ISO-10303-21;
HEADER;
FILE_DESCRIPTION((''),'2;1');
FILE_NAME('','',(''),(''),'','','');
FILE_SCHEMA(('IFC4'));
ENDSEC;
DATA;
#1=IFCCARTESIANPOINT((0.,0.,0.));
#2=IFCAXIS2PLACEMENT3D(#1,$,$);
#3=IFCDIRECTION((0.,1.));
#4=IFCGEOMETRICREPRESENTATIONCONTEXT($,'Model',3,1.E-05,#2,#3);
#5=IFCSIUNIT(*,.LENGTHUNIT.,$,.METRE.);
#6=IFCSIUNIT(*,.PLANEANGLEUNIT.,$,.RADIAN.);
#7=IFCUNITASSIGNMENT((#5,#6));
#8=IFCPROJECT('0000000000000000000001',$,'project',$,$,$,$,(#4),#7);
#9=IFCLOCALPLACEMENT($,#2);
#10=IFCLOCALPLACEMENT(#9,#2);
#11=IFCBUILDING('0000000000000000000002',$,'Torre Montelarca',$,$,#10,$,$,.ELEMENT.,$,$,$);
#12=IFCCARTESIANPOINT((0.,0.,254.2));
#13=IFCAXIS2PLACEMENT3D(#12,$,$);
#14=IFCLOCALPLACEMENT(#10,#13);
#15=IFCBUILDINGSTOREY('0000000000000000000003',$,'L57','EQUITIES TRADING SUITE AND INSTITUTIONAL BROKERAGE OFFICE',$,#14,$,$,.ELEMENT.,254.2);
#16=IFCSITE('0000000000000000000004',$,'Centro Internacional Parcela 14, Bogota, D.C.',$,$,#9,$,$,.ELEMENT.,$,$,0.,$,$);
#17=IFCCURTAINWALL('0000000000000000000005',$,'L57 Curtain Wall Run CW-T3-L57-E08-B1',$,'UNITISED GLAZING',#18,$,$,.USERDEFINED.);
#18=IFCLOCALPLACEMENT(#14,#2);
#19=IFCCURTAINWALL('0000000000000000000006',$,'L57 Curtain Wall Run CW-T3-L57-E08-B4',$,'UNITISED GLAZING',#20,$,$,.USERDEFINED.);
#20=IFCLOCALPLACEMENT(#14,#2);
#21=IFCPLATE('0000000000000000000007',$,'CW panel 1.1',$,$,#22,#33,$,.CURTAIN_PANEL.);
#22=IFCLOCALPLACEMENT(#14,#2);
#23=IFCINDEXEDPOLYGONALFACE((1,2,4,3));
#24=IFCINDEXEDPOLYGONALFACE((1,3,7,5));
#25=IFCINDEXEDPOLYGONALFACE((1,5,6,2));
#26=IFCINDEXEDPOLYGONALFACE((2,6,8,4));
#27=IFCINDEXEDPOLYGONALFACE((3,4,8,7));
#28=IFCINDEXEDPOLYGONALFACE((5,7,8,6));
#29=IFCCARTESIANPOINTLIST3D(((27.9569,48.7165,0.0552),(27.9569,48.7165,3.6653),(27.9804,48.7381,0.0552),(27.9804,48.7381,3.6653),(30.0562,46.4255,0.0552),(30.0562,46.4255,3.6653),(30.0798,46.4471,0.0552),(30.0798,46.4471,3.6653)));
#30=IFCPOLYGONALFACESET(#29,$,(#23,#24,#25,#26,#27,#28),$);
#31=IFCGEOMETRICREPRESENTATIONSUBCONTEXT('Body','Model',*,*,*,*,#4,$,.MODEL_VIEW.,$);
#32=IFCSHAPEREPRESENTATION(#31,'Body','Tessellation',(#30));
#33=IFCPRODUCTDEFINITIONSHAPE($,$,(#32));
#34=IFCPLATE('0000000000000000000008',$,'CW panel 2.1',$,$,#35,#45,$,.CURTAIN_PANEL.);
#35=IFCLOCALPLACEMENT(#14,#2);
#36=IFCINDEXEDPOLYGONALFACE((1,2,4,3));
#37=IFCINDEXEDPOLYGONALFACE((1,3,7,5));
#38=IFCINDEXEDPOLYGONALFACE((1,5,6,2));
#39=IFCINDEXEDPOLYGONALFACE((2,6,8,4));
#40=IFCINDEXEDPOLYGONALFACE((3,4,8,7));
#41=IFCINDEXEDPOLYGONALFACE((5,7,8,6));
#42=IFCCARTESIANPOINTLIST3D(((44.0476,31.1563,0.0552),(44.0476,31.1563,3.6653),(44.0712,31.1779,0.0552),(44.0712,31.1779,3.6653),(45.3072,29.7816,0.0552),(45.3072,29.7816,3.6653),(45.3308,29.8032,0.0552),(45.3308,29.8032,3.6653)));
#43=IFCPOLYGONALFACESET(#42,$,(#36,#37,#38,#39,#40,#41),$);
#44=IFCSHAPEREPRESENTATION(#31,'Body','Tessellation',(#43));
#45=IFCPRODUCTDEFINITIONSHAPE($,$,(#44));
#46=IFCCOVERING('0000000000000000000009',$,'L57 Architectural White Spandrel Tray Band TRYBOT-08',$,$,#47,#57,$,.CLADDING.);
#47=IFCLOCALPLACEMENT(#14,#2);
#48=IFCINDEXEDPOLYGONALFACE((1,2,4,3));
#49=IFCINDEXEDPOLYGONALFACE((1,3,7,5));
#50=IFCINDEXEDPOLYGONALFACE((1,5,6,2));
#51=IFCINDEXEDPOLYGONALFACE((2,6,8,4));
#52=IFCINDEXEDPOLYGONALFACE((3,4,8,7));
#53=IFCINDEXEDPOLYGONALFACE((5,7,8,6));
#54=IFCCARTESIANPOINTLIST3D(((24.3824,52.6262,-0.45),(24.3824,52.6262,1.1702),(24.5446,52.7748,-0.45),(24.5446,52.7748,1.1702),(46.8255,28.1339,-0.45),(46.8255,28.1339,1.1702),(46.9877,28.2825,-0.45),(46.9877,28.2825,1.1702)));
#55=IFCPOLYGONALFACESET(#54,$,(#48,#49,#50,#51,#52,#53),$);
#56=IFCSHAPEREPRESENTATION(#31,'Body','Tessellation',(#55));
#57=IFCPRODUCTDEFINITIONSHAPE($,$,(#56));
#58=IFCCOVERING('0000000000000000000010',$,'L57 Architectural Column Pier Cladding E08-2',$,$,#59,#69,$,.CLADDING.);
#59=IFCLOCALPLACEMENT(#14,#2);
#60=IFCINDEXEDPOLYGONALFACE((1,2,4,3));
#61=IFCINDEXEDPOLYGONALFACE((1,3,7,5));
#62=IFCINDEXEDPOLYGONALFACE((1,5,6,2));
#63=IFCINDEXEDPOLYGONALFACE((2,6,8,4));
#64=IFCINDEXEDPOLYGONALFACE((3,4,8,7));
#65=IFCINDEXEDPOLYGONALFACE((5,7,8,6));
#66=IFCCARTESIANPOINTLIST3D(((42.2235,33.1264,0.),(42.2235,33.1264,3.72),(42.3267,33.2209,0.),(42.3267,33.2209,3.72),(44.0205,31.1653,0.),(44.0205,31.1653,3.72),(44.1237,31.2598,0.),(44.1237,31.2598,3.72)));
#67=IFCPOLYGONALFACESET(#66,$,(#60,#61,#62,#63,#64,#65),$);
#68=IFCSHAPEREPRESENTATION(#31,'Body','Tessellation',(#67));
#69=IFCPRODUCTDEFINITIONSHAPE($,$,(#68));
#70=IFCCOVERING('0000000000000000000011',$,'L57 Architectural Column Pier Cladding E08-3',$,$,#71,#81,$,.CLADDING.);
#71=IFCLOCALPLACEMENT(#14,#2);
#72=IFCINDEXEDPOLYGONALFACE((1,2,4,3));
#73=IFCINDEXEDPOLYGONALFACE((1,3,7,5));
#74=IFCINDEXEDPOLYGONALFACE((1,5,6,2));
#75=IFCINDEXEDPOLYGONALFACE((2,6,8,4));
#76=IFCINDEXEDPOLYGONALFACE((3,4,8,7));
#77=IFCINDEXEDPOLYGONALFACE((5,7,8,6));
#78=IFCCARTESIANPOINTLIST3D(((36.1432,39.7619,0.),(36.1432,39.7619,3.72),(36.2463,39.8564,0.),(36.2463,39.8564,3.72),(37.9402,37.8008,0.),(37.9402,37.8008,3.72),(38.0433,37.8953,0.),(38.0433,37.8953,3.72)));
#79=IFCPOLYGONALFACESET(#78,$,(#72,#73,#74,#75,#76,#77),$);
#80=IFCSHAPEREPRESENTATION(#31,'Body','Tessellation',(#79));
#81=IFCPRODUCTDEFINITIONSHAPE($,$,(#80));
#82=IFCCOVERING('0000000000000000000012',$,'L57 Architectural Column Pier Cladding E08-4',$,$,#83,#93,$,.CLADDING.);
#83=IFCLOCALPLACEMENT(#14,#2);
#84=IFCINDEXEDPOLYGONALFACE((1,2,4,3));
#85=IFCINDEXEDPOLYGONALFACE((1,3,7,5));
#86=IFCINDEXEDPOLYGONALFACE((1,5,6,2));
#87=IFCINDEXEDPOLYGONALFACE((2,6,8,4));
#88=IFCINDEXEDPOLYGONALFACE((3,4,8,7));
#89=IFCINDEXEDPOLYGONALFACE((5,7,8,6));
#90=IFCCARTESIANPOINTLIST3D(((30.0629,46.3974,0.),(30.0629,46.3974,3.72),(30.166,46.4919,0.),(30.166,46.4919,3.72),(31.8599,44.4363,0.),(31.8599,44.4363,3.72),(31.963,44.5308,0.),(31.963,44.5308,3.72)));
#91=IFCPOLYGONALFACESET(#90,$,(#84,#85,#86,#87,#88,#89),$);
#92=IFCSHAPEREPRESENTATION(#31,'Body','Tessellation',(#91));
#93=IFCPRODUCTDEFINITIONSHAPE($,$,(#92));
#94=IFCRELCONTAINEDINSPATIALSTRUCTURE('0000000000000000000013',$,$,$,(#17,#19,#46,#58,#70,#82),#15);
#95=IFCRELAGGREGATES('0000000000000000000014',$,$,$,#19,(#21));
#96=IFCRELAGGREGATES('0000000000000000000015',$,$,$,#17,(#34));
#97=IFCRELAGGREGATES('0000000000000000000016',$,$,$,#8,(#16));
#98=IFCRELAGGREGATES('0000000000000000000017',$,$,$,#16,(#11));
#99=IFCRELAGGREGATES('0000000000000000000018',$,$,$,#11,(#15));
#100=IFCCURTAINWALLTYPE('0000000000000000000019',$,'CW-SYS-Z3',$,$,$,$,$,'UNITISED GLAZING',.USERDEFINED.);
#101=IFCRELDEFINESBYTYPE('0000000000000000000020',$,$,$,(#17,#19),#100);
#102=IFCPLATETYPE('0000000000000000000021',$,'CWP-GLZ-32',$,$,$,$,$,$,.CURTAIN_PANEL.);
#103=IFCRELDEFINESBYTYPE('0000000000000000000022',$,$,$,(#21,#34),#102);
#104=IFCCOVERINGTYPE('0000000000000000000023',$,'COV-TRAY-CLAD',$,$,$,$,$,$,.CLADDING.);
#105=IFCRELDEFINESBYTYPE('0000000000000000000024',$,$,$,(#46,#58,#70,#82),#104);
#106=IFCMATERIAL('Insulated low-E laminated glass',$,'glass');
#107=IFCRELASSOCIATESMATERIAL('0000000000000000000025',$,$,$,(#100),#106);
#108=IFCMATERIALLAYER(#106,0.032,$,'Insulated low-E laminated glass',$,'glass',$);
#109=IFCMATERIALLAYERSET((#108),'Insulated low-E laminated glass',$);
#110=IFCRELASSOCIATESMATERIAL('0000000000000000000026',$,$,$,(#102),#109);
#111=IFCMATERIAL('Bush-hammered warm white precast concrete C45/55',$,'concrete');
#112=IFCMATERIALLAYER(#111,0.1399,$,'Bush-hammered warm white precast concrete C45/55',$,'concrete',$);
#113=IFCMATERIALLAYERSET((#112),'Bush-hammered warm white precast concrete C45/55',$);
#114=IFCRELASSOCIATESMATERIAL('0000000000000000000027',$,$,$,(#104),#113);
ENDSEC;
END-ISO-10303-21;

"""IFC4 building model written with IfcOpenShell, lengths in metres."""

from ifc_helpers import new_model, si_unit, direction, frame, origin, origin_2d, place, context, subcontext, project, spatial, rectangle, extrude, source, transform, mapped, material, layer, layer_set, type_object, element, aggregate, save


model = new_model("IFC4")

# Units and contexts
model_context = context("Model", 3, precision=1e-05, world=origin(), true_north=direction((0.0, 1.0)))
body_context = subcontext(model_context, "Body", "Model", "MODEL_VIEW")
ifc_project = project(units=[si_unit("LENGTHUNIT", "METRE"), si_unit("PLANEANGLEUNIT", "RADIAN")], contexts=[model_context])

# Site, building, storey
site_placement = place(None, origin())
site = spatial("IfcSite", under=ifc_project, at=site_placement, Name="Centro Internacional Parcela 14, Bogota, D.C.", CompositionType="ELEMENT", RefElevation=0.0)
building_placement = place(site_placement, origin())
building = spatial("IfcBuilding", under=site, at=building_placement, Name="Torre Montelarca", CompositionType="ELEMENT")
storey_placement = place(building_placement, frame((0.0, 0.0, 254.2)))
storey = spatial("IfcBuildingStorey", under=building, at=storey_placement, Name="L57", Description="EQUITIES TRADING SUITE AND INSTITUTIONAL BROKERAGE OFFICE", CompositionType="ELEMENT", Elevation=254.2)

# Curtain wall
ifc_material_1 = material(Name="Insulated low-E laminated glass", Category="glass")
curtain_wall_type = type_object("IfcCurtainWallType", Name="CW-SYS-Z3", ElementType="UNITISED GLAZING", PredefinedType="USERDEFINED", material=ifc_material_1)
curtain_wall_1_placement = place(storey_placement, origin())
curtain_wall_1 = element("IfcCurtainWall", 1, at=curtain_wall_1_placement, inside=storey, type_object=curtain_wall_type, Name="L57 Curtain Wall Run CW-T3-L57-E08-B1", ObjectType="UNITISED GLAZING", PredefinedType="USERDEFINED")

# Curtain wall
curtain_wall_2_placement = place(storey_placement, origin())
curtain_wall_2 = element("IfcCurtainWall", 2, at=curtain_wall_2_placement, inside=storey, type_object=curtain_wall_type, Name="L57 Curtain Wall Run CW-T3-L57-E08-B4", ObjectType="UNITISED GLAZING", PredefinedType="USERDEFINED")

# Plates
ifc_layer_1 = layer(ifc_material_1, 0.032, Name="Insulated low-E laminated glass", Category="glass")
ifc_layer_set_1 = layer_set([ifc_layer_1], Name="Insulated low-E laminated glass")
plate_type = type_object("IfcPlateType", Name="CWP-GLZ-32", PredefinedType="CURTAIN_PANEL", material=ifc_layer_set_1)
shared_shape_1 = source(origin(), body_context, "Body", "SweptSolid", [
    extrude(rectangle(XDim=3.1074, YDim=0.032, at=origin_2d()), origin(), (0.0, 0.0, 1.0), 3.6101),
])
plate_1_placement = place(storey_placement, frame((29.0183, 47.5818, 0.0552), z_axis=(0.0, 0.0, 1.0), x_axis=(-0.675588, 0.73728, 0.0)))
plate_1 = element("IfcPlate", 3, at=plate_1_placement, type_object=plate_type, Name="CW panel 1.1", PredefinedType="CURTAIN_PANEL", context=body_context, shape_type="MappedRepresentation", body=[
    mapped(shared_shape_1, transform((0.0, 0.0, 0.0), scale=1.0)),
])
aggregate(curtain_wall_2, [plate_1])
shared_shape_2 = source(origin(), body_context, "Body", "SweptSolid", [
    extrude(rectangle(XDim=1.8645, YDim=0.032, at=origin_2d()), origin(), (0.0, 0.0, 1.0), 3.6101),
])
plate_2_placement = place(storey_placement, frame((44.6892, 30.4797, 0.0552), z_axis=(0.0, 0.0, 1.0), x_axis=(-0.67558, 0.737286, 0.0)))
plate_2 = element("IfcPlate", 4, at=plate_2_placement, type_object=plate_type, Name="CW panel 2.1", PredefinedType="CURTAIN_PANEL", context=body_context, shape_type="MappedRepresentation", body=[
    mapped(shared_shape_2, transform((0.0, 0.0, 0.0), scale=1.0)),
])
aggregate(curtain_wall_1, [plate_2])

# Coverings
ifc_material_2 = material(Name="Bush-hammered warm white precast concrete C45/55", Category="concrete")
ifc_layer_2 = layer(ifc_material_2, 0.1399, Name="Bush-hammered warm white precast concrete C45/55", Category="concrete")
ifc_layer_set_2 = layer_set([ifc_layer_2], Name="Bush-hammered warm white precast concrete C45/55")
covering_type = type_object("IfcCoveringType", Name="COV-TRAY-CLAD", PredefinedType="CLADDING", material=ifc_layer_set_2)
shared_shape_3 = source(origin(), body_context, "Body", "SweptSolid", [
    extrude(rectangle(XDim=33.22, YDim=0.22, at=origin_2d()), origin(), (0.0, 0.0, 1.0), 1.6201),
])
covering_placement = place(storey_placement, frame((35.6851, 40.4543, -0.45), z_axis=(0.0, 0.0, 1.0), x_axis=(-0.675589, 0.737279, 0.0)))
element("IfcCovering", 5, at=covering_placement, inside=storey, type_object=covering_type, Name="L57 Architectural White Spandrel Tray Band TRYBOT-08", PredefinedType="CLADDING", context=body_context, shape_type="MappedRepresentation", body=[
    mapped(shared_shape_3, transform((0.0, 0.0, 0.0), scale=1.0)),
])
shared_shape_4 = source(origin(), body_context, "Body", "SweptSolid", [
    extrude(rectangle(XDim=2.6599, YDim=0.1399, at=origin_2d()), origin(), (0.0, 0.0, 1.0), 3.72),
])
for number, where, z_axis, x_axis, name in (
    (6, (43.1736, 32.1931, 0.0), (0.0, 0.0, 1.0), (-0.675589, 0.737279, 0.0), "L57 Architectural Column Pier Cladding E08-2"),
    (7, (37.0933, 38.8286, 0.0), (0.0, 0.0, 1.0), (-0.675589, 0.737279, 0.0), "L57 Architectural Column Pier Cladding E08-3"),
    (8, (31.0129, 45.4641, 0.0), (0.0, 0.0, 1.0), (-0.675589, 0.737279, 0.0), "L57 Architectural Column Pier Cladding E08-4"),
):
    element("IfcCovering", number, at=place(storey_placement, frame(where, z_axis=z_axis, x_axis=x_axis)), inside=storey, type_object=covering_type, Name=name, PredefinedType="CLADDING", context=body_context, shape_type="MappedRepresentation", body=[
        mapped(shared_shape_4, transform((0.0, 0.0, 0.0), scale=1.0)),
    ])

save(model, "model.ifc")
